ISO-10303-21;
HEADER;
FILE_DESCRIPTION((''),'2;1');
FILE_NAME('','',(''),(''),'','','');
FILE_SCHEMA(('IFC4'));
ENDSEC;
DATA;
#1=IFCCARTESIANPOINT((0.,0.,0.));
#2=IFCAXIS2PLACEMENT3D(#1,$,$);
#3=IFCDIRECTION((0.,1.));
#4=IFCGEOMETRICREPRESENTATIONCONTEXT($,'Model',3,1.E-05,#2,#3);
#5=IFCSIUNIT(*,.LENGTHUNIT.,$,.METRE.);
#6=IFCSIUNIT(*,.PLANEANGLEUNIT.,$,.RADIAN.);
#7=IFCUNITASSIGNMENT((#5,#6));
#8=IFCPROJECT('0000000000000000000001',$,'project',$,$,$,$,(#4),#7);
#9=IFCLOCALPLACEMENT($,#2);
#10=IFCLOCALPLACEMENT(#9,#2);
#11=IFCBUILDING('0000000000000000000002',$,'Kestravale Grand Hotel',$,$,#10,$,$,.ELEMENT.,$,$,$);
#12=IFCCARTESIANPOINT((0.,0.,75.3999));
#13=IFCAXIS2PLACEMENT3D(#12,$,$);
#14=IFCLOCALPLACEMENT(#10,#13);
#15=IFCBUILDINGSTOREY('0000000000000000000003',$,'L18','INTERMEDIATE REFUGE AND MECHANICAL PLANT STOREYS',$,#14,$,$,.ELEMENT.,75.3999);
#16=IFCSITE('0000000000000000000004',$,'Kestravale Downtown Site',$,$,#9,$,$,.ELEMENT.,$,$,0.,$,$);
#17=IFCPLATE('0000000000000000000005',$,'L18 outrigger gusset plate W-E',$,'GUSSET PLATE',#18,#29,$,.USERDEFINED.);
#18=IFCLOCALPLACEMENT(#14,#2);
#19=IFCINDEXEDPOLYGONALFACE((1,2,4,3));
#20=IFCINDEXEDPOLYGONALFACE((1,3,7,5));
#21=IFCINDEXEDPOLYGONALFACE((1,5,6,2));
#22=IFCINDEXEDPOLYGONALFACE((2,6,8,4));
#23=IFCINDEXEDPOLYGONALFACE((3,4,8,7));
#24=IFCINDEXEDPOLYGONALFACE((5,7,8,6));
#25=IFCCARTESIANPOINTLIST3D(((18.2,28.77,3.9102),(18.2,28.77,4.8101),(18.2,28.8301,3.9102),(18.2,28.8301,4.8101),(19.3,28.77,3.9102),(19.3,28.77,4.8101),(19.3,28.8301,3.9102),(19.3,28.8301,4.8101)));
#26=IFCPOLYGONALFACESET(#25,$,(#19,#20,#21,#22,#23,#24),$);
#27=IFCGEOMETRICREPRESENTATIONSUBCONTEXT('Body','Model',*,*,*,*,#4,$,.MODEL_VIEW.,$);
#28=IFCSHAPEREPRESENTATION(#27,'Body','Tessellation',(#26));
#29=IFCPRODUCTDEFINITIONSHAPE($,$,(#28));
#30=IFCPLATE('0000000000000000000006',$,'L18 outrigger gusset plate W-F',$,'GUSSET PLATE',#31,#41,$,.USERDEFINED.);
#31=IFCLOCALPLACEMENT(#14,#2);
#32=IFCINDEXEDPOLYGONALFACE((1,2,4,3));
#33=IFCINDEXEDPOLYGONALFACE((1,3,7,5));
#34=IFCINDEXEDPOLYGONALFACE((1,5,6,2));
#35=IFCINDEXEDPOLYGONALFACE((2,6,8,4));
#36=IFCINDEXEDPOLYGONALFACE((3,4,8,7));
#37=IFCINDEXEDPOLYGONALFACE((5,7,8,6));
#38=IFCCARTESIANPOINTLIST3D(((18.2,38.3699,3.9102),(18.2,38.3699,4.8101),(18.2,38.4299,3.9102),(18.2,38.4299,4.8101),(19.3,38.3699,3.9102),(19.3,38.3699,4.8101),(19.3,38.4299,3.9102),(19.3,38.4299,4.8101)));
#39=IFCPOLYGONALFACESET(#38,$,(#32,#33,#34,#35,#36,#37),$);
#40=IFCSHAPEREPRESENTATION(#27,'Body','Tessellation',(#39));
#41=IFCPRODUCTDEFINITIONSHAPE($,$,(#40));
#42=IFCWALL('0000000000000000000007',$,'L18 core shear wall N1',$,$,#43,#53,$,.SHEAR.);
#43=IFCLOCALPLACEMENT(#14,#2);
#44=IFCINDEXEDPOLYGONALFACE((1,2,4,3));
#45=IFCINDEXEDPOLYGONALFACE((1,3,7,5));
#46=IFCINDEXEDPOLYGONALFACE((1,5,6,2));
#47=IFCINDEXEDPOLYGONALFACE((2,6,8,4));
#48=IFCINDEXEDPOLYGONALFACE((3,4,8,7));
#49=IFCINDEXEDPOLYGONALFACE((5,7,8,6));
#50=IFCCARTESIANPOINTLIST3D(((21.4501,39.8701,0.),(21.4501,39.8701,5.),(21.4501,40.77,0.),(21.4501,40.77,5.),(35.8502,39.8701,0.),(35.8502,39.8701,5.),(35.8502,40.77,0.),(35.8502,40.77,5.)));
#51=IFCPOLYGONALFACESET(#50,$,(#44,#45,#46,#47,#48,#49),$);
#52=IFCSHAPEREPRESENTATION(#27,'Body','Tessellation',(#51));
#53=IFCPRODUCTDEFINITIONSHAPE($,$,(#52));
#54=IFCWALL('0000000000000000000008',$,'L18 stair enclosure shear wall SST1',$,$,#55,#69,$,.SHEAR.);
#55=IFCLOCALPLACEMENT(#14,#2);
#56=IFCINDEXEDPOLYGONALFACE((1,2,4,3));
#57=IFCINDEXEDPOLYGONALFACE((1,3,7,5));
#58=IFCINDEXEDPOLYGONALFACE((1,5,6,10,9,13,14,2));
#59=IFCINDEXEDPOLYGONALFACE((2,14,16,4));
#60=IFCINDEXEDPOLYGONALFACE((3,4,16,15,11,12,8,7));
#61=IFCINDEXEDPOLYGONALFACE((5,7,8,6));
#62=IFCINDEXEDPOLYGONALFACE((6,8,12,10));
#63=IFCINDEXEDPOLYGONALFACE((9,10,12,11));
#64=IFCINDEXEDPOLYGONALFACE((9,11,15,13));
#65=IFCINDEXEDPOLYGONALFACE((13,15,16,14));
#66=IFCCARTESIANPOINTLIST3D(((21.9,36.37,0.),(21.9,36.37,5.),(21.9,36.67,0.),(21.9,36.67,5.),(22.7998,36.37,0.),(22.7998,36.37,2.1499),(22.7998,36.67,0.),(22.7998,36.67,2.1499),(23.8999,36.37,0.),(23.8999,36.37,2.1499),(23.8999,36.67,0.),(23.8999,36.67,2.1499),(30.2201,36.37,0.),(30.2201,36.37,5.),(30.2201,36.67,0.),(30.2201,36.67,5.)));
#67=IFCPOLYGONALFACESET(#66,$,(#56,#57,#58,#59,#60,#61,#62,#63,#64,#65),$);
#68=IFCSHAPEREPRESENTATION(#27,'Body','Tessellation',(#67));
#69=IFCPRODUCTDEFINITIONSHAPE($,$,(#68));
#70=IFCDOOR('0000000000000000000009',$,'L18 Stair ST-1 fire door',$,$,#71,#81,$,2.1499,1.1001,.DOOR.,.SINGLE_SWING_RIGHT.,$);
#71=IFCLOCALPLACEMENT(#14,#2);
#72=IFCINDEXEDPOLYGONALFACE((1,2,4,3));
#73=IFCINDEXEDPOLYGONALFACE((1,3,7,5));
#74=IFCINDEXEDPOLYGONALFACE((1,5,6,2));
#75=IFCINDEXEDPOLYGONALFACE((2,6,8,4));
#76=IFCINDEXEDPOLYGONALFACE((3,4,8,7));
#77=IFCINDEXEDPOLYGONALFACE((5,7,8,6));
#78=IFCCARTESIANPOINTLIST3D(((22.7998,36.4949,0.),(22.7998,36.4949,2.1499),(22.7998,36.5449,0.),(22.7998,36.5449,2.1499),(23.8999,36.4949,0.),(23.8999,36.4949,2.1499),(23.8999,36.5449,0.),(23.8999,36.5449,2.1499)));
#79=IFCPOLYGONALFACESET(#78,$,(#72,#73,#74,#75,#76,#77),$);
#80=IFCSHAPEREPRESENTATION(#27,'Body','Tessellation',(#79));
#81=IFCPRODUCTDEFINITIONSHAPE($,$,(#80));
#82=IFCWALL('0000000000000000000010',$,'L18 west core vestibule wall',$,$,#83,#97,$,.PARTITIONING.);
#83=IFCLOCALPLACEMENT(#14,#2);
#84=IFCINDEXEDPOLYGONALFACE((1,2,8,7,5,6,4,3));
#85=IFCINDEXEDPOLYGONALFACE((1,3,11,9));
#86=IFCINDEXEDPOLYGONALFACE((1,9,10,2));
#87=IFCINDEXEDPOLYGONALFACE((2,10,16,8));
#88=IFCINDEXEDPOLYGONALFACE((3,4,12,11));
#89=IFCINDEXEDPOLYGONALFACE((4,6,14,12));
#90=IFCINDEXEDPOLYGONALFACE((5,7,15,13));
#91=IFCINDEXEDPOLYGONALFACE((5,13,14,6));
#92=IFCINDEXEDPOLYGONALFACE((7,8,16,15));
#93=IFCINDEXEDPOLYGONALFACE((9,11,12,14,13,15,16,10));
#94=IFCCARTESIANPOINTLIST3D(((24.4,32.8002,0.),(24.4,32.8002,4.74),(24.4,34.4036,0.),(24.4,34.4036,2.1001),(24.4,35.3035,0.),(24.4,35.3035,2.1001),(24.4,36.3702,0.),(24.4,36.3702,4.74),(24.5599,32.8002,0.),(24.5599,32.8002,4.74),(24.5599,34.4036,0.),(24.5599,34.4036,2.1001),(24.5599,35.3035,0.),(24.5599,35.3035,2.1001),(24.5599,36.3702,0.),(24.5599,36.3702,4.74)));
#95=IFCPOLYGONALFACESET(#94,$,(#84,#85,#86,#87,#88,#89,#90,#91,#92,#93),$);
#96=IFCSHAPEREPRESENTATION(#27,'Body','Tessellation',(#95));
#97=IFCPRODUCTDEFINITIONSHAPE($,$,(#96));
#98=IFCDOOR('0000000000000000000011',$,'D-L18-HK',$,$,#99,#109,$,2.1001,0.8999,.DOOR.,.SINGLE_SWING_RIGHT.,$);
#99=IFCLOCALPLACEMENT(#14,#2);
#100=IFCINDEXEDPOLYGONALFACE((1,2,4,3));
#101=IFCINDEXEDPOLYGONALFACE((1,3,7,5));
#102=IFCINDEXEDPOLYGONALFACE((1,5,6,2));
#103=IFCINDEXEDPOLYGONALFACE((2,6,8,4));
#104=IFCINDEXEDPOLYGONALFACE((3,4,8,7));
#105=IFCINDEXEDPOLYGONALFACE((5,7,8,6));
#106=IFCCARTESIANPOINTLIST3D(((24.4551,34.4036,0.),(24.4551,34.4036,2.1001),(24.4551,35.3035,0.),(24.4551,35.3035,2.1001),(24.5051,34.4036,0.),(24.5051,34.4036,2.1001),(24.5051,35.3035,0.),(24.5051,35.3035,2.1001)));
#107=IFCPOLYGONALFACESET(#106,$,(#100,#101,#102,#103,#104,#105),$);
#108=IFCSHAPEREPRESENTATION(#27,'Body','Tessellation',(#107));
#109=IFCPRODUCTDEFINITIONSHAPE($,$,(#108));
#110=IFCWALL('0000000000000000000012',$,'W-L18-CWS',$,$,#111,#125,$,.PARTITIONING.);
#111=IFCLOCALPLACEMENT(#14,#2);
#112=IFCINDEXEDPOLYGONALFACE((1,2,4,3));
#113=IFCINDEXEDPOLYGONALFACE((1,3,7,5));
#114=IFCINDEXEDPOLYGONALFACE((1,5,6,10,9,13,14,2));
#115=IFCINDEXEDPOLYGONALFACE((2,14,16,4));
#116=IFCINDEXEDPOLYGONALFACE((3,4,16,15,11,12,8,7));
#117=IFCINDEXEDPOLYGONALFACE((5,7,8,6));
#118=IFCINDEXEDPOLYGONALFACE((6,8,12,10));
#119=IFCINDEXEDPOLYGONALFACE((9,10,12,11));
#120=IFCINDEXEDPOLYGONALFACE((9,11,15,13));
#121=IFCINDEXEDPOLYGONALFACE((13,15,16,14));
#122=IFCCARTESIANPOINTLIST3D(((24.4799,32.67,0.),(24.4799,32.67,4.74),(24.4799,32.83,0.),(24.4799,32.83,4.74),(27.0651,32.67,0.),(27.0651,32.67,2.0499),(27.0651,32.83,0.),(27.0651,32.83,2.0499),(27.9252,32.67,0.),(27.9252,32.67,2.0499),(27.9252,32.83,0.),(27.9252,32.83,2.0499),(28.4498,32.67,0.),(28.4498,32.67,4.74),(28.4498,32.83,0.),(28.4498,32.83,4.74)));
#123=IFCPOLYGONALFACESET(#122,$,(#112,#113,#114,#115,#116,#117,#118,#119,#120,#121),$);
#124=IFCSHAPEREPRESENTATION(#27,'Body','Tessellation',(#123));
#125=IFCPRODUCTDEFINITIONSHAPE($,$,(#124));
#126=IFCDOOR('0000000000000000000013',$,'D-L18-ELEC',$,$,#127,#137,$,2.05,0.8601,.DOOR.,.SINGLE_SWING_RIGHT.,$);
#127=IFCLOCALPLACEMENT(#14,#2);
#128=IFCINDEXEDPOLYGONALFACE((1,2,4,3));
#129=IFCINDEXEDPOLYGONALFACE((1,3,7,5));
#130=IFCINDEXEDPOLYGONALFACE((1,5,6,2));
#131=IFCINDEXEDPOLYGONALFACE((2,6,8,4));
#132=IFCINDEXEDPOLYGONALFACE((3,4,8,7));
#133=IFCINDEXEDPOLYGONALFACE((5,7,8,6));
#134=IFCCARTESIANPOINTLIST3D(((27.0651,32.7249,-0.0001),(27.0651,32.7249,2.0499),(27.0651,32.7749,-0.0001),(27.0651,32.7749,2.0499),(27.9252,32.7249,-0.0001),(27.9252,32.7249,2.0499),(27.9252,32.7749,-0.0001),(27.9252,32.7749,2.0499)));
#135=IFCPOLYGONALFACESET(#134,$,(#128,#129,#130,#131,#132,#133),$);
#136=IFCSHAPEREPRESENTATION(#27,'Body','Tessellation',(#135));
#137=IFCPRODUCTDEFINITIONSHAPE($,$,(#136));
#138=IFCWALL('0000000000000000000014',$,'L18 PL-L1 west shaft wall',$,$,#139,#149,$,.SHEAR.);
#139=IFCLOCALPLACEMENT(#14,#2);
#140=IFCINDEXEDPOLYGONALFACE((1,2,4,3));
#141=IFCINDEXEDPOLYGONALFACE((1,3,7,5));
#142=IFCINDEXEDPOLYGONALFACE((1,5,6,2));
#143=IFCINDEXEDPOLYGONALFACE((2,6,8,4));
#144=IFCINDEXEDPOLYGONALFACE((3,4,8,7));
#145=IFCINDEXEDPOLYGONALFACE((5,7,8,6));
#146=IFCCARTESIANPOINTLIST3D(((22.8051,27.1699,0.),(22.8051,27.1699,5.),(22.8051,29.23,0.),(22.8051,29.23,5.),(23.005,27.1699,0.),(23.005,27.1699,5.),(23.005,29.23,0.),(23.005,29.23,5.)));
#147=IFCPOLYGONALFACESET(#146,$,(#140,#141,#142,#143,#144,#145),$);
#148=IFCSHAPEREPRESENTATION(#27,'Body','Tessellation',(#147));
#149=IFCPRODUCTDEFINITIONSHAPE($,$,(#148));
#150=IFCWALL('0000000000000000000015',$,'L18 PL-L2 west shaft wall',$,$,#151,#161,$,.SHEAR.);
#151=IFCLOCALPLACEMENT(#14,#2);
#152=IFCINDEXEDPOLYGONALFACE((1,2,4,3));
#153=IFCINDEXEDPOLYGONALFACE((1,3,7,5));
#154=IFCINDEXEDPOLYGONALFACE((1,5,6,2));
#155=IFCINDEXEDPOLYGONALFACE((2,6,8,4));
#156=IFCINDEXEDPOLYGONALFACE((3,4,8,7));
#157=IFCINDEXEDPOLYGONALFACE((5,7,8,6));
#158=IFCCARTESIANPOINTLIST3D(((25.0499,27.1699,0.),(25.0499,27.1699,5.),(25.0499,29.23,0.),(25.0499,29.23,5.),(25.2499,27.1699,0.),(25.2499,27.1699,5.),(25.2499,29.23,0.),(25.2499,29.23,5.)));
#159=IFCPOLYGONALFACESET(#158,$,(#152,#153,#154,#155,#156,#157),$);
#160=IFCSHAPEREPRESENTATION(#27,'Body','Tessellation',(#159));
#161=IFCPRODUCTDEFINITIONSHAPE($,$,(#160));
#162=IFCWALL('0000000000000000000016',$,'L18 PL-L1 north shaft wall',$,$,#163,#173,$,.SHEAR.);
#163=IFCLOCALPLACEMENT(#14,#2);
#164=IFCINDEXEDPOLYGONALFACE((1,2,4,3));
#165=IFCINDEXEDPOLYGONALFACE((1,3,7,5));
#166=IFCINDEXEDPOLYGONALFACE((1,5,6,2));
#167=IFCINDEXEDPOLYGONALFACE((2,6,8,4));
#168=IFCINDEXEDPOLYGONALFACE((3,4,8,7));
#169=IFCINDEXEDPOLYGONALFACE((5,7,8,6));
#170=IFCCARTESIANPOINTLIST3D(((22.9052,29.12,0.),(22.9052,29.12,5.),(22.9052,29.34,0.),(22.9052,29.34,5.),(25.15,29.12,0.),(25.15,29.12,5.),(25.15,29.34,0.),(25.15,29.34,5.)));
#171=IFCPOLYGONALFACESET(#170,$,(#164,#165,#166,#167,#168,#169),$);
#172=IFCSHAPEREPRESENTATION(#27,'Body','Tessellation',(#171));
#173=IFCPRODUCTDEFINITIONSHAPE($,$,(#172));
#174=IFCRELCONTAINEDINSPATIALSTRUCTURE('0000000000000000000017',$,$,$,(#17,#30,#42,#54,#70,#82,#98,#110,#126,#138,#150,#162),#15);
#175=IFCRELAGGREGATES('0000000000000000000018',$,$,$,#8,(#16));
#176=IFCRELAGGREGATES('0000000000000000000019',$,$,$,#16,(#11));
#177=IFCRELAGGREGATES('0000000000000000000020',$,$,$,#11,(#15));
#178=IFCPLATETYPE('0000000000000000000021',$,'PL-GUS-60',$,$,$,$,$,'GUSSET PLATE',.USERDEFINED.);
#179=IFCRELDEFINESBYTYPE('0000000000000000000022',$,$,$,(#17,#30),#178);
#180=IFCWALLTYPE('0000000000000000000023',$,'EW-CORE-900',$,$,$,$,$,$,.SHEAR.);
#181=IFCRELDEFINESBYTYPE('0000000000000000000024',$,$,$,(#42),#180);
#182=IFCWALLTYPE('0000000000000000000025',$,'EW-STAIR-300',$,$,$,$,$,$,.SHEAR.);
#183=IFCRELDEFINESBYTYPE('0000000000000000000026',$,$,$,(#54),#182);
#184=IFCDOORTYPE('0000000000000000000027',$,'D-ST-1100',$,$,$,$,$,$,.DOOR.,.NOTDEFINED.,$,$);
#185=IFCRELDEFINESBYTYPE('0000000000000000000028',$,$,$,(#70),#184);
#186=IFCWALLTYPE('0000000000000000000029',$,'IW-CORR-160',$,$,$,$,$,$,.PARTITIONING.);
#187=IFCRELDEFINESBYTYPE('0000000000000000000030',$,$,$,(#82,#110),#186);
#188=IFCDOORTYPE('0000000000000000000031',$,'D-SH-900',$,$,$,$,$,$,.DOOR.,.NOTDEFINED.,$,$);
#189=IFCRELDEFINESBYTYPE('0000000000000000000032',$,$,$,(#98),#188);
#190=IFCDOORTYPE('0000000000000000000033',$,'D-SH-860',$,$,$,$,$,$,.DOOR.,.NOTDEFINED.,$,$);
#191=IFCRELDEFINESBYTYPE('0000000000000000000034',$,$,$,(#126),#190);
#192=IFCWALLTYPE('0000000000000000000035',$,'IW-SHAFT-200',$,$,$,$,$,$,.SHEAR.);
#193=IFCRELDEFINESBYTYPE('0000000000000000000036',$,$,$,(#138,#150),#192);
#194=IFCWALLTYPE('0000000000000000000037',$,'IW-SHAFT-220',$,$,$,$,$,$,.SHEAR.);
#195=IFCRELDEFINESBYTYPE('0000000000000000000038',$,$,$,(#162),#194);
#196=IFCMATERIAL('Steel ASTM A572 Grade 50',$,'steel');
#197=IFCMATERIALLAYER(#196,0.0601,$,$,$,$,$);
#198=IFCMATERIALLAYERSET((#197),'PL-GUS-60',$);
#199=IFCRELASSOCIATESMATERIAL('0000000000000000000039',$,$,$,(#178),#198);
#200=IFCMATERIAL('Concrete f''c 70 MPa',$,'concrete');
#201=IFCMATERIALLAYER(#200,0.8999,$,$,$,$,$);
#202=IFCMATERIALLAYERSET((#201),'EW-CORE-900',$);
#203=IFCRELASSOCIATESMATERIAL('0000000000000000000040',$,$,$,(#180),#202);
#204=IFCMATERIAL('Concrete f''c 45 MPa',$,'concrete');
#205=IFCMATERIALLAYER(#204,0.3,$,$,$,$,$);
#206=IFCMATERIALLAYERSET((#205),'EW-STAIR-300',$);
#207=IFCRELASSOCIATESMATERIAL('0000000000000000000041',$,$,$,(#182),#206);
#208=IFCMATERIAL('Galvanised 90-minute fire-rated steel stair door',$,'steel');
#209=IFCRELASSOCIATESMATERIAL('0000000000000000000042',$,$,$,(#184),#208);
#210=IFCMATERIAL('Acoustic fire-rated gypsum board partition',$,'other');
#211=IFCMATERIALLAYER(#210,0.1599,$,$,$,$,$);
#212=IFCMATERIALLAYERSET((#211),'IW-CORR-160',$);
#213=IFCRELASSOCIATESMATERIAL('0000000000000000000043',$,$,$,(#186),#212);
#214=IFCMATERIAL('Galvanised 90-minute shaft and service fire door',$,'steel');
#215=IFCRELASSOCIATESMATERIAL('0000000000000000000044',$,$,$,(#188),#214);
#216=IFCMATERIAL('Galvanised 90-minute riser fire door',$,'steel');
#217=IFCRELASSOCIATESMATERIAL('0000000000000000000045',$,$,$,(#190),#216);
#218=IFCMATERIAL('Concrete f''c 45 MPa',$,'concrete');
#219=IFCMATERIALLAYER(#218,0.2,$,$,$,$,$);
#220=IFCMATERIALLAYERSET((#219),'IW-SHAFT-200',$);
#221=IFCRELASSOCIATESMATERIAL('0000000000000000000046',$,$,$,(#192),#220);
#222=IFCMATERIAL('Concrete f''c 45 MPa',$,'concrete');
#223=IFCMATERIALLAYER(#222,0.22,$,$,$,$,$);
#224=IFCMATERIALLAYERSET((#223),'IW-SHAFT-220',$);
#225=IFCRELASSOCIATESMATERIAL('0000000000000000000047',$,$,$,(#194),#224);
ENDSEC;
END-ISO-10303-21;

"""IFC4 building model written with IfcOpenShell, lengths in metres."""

from ifc_helpers import new_model, si_unit, direction, frame, frame_2d, origin, origin_2d, place, context, subcontext, project, spatial, rectangle, extrude, material, layer, layer_set, type_object, element, fill, save


model = new_model("IFC4")

# Units and contexts
model_context = context("Model", 3, precision=1e-05, world=origin(), true_north=direction((0.0, 1.0)))
body_context = subcontext(model_context, "Body", "Model", "MODEL_VIEW")
ifc_project = project(units=[si_unit("LENGTHUNIT", "METRE"), si_unit("PLANEANGLEUNIT", "RADIAN")], contexts=[model_context])

# Site, building, storey
site_placement = place(None, origin())
site = spatial("IfcSite", under=ifc_project, at=site_placement, Name="Kestravale Downtown Site", CompositionType="ELEMENT", RefElevation=0.0)
building_placement = place(site_placement, origin())
building = spatial("IfcBuilding", under=site, at=building_placement, Name="Kestravale Grand Hotel", CompositionType="ELEMENT")
storey_placement = place(building_placement, frame((0.0, 0.0, 75.3999)))
storey = spatial("IfcBuildingStorey", under=building, at=storey_placement, Name="L18", Description="INTERMEDIATE REFUGE AND MECHANICAL PLANT STOREYS", CompositionType="ELEMENT", Elevation=75.3999)

# Plates
ifc_material_1 = material(Name="Steel ASTM A572 Grade 50", Category="steel")
ifc_layer_1 = layer(ifc_material_1, 0.0601)
ifc_layer_set_1 = layer_set([ifc_layer_1], Name="PL-GUS-60")
plate_type = type_object("IfcPlateType", Name="PL-GUS-60", ElementType="GUSSET PLATE", PredefinedType="USERDEFINED", material=ifc_layer_set_1)
for number, where, z_axis, x_axis, name in (
    (1, (18.75, 28.8, 3.9102), (0.0, 0.0, 1.0), (1.0, 0.0, 0.0), "L18 outrigger gusset plate W-E"),
    (2, (18.75, 38.3999, 3.9102), (0.0, 0.0, 1.0), (1.0, 0.0, 0.0), "L18 outrigger gusset plate W-F"),
):
    element("IfcPlate", number, at=place(storey_placement, frame(where, z_axis=z_axis, x_axis=x_axis)), inside=storey, type_object=plate_type, Name=name, ObjectType="GUSSET PLATE", PredefinedType="USERDEFINED", context=body_context, shape_type="SweptSolid", body=[
        extrude(rectangle(XDim=1.1001, YDim=0.0601, at=origin_2d()), origin(), (0.0, 0.0, 1.0), 0.8999),
    ])

# Wall
ifc_material_2 = material(Name="Concrete f'c 70 MPa", Category="concrete")
ifc_layer_2 = layer(ifc_material_2, 0.8999)
ifc_layer_set_2 = layer_set([ifc_layer_2], Name="EW-CORE-900")
wall_type_1 = type_object("IfcWallType", Name="EW-CORE-900", PredefinedType="SHEAR", material=ifc_layer_set_2)
wall_1_placement = place(storey_placement, frame((21.45, 40.3201, 0.0), z_axis=(0.0, 0.0, 1.0), x_axis=(1.0, 0.0, 0.0)))
element("IfcWall", 3, at=wall_1_placement, inside=storey, type_object=wall_type_1, Name="L18 core shear wall N1", PredefinedType="SHEAR", context=body_context, shape_type="SweptSolid", body=[
    extrude(rectangle(XDim=14.4001, YDim=0.8999, at=frame_2d((7.2002, 0.0))), origin(), (0.0, 0.0, 1.0), 5.0),
])

# Walls, openings, doors
ifc_material_3 = material(Name="Concrete f'c 45 MPa", Category="concrete")
ifc_layer_3 = layer(ifc_material_3, 0.3)
ifc_layer_set_3 = layer_set([ifc_layer_3], Name="EW-STAIR-300")
wall_type_2 = type_object("IfcWallType", Name="EW-STAIR-300", PredefinedType="SHEAR", material=ifc_layer_set_3)
wall_2_placement = place(storey_placement, frame((21.8999, 36.52, 0.0), z_axis=(0.0, 0.0, 1.0), x_axis=(1.0, 0.0, 0.0)))
wall_2 = element("IfcWall", 4, at=wall_2_placement, inside=storey, type_object=wall_type_2, Name="L18 stair enclosure shear wall SST1", PredefinedType="SHEAR", context=body_context, shape_type="SweptSolid", body=[
    extrude(rectangle(XDim=8.3201, YDim=0.3, at=frame_2d((4.1602, 0.0))), origin(), (0.0, 0.0, 1.0), 5.0),
])
opening_1_placement = place(wall_2_placement, frame((0.8999, 0.0, 0.0)))
opening_1 = element("IfcOpeningElement", 5, at=opening_1_placement, cuts=wall_2, PredefinedType="OPENING", context=body_context, shape_type="SweptSolid", body=[
    extrude(rectangle(XDim=1.1001, YDim=2.1499, at=frame_2d((0.55, 1.075))), frame((0.0, 0.1599, 0.0), z_axis=(0.0, -1.0, 0.0), x_axis=(1.0, 0.0, 0.0)), (0.0, 0.0, 1.0), 0.3201),
])
ifc_material_4 = material(Name="Galvanised 90-minute fire-rated steel stair door", Category="steel")
door_type_1 = type_object("IfcDoorType", Name="D-ST-1100", OperationType="NOTDEFINED", PredefinedType="DOOR", material=ifc_material_4)
door_1_placement = place(opening_1_placement, origin())
door_1 = element("IfcDoor", 6, at=door_1_placement, inside=storey, type_object=door_type_1, Name="L18 Stair ST-1 fire door", OperationType="SINGLE_SWING_RIGHT", OverallHeight=2.1499, OverallWidth=1.1001, PredefinedType="DOOR", context=body_context, shape_type="SweptSolid", body=[
    extrude(rectangle(XDim=1.1001, YDim=2.1499, at=frame_2d((0.55, 1.075))), frame((0.0, 0.0249, 0.0), z_axis=(0.0, -1.0, 0.0), x_axis=(1.0, 0.0, 0.0)), (0.0, 0.0, 1.0), 0.05),
])
fill(opening_1, door_1)
ifc_material_5 = material(Name="Acoustic fire-rated gypsum board partition", Category="other")
ifc_layer_4 = layer(ifc_material_5, 0.1599)
ifc_layer_set_4 = layer_set([ifc_layer_4], Name="IW-CORR-160")
wall_type_3 = type_object("IfcWallType", Name="IW-CORR-160", PredefinedType="PARTITIONING", material=ifc_layer_set_4)
wall_3_placement = place(storey_placement, frame((24.48, 32.8, 0.0), z_axis=(0.0, 0.0, 1.0), x_axis=(0.0, 1.0, 0.0)))
wall_3 = element("IfcWall", 7, at=wall_3_placement, inside=storey, type_object=wall_type_3, Name="L18 west core vestibule wall", PredefinedType="PARTITIONING", context=body_context, shape_type="SweptSolid", body=[
    extrude(rectangle(XDim=3.5701, YDim=0.1599, at=frame_2d((1.7852, 0.0))), origin(), (0.0, 0.0, 1.0), 4.74),
])
opening_2_placement = place(wall_3_placement, frame((1.6035, 0.0, 0.0)))
opening_2 = element("IfcOpeningElement", 8, at=opening_2_placement, cuts=wall_3, PredefinedType="OPENING", context=body_context, shape_type="SweptSolid", body=[
    extrude(rectangle(XDim=0.8999, YDim=2.1001, at=frame_2d((0.45, 1.05))), frame((0.0, 0.0898, 0.0), z_axis=(0.0, -1.0, 0.0), x_axis=(1.0, 0.0, 0.0)), (0.0, 0.0, 1.0), 0.1799),
])
ifc_material_6 = material(Name="Galvanised 90-minute shaft and service fire door", Category="steel")
door_type_2 = type_object("IfcDoorType", Name="D-SH-900", OperationType="NOTDEFINED", PredefinedType="DOOR", material=ifc_material_6)
door_2_placement = place(opening_2_placement, origin())
door_2 = element("IfcDoor", 9, at=door_2_placement, inside=storey, type_object=door_type_2, Name="D-L18-HK", OperationType="SINGLE_SWING_RIGHT", OverallHeight=2.1001, OverallWidth=0.8999, PredefinedType="DOOR", context=body_context, shape_type="SweptSolid", body=[
    extrude(rectangle(XDim=0.8999, YDim=2.1001, at=frame_2d((0.45, 1.05))), frame((0.0, 0.0249, 0.0), z_axis=(0.0, -1.0, 0.0), x_axis=(1.0, 0.0, 0.0)), (0.0, 0.0, 1.0), 0.05),
])
fill(opening_2, door_2)
wall_4_placement = place(storey_placement, frame((24.48, 32.75, 0.0), z_axis=(0.0, 0.0, 1.0), x_axis=(1.0, 0.0, 0.0)))
wall_4 = element("IfcWall", 10, at=wall_4_placement, inside=storey, type_object=wall_type_3, Name="W-L18-CWS", PredefinedType="PARTITIONING", context=body_context, shape_type="SweptSolid", body=[
    extrude(rectangle(XDim=3.97, YDim=0.1599, at=frame_2d((1.9849, 0.0))), origin(), (0.0, 0.0, 1.0), 4.74),
])
opening_3_placement = place(wall_4_placement, frame((2.585, 0.0, 0.0)))
opening_3 = element("IfcOpeningElement", 11, at=opening_3_placement, cuts=wall_4, PredefinedType="OPENING", context=body_context, shape_type="SweptSolid", body=[
    extrude(rectangle(XDim=0.8601, YDim=2.05, at=frame_2d((0.4302, 1.0249))), frame((0.0, 0.0898, 0.0), z_axis=(0.0, -1.0, 0.0), x_axis=(1.0, 0.0, 0.0)), (0.0, 0.0, 1.0), 0.1799),
])
ifc_material_7 = material(Name="Galvanised 90-minute riser fire door", Category="steel")
door_type_3 = type_object("IfcDoorType", Name="D-SH-860", OperationType="NOTDEFINED", PredefinedType="DOOR", material=ifc_material_7)
door_3_placement = place(opening_3_placement, origin())
door_3 = element("IfcDoor", 12, at=door_3_placement, inside=storey, type_object=door_type_3, Name="D-L18-ELEC", OperationType="SINGLE_SWING_RIGHT", OverallHeight=2.05, OverallWidth=0.8601, PredefinedType="DOOR", context=body_context, shape_type="SweptSolid", body=[
    extrude(rectangle(XDim=0.8601, YDim=2.05, at=frame_2d((0.4302, 1.0249))), frame((0.0, 0.0249, 0.0), z_axis=(0.0, -1.0, 0.0), x_axis=(1.0, 0.0, 0.0)), (0.0, 0.0, 1.0), 0.05),
])
fill(opening_3, door_3)

# Walls
ifc_material_8 = material(Name="Concrete f'c 45 MPa", Category="concrete")
ifc_layer_5 = layer(ifc_material_8, 0.2)
ifc_layer_set_5 = layer_set([ifc_layer_5], Name="IW-SHAFT-200")
wall_type_4 = type_object("IfcWallType", Name="IW-SHAFT-200", PredefinedType="SHEAR", material=ifc_layer_set_5)
for number, where, z_axis, x_axis, name in (
    (13, (22.905, 27.1699, 0.0), (0.0, 0.0, 1.0), (0.0, 1.0, 0.0), "L18 PL-L1 west shaft wall"),
    (14, (25.1499, 27.1699, 0.0), (0.0, 0.0, 1.0), (0.0, 1.0, 0.0), "L18 PL-L2 west shaft wall"),
):
    element("IfcWall", number, at=place(storey_placement, frame(where, z_axis=z_axis, x_axis=x_axis)), inside=storey, type_object=wall_type_4, Name=name, PredefinedType="SHEAR", context=body_context, shape_type="SweptSolid", body=[
        extrude(rectangle(XDim=2.0601, YDim=0.2, at=frame_2d((1.03, 0.0))), origin(), (0.0, 0.0, 1.0), 5.0),
    ])
ifc_material_9 = material(Name="Concrete f'c 45 MPa", Category="concrete")
ifc_layer_6 = layer(ifc_material_9, 0.22)
ifc_layer_set_6 = layer_set([ifc_layer_6], Name="IW-SHAFT-220")
wall_type_5 = type_object("IfcWallType", Name="IW-SHAFT-220", PredefinedType="SHEAR", material=ifc_layer_set_6)
wall_5_placement = place(storey_placement, frame((22.905, 29.23, 0.0), z_axis=(0.0, 0.0, 1.0), x_axis=(1.0, 0.0, 0.0)))
element("IfcWall", 15, at=wall_5_placement, inside=storey, type_object=wall_type_5, Name="L18 PL-L1 north shaft wall", PredefinedType="SHEAR", context=body_context, shape_type="SweptSolid", body=[
    extrude(rectangle(XDim=2.2449, YDim=0.22, at=frame_2d((1.1226, 0.0))), origin(), (0.0, 0.0, 1.0), 5.0),
])

save(model, "model.ifc")
